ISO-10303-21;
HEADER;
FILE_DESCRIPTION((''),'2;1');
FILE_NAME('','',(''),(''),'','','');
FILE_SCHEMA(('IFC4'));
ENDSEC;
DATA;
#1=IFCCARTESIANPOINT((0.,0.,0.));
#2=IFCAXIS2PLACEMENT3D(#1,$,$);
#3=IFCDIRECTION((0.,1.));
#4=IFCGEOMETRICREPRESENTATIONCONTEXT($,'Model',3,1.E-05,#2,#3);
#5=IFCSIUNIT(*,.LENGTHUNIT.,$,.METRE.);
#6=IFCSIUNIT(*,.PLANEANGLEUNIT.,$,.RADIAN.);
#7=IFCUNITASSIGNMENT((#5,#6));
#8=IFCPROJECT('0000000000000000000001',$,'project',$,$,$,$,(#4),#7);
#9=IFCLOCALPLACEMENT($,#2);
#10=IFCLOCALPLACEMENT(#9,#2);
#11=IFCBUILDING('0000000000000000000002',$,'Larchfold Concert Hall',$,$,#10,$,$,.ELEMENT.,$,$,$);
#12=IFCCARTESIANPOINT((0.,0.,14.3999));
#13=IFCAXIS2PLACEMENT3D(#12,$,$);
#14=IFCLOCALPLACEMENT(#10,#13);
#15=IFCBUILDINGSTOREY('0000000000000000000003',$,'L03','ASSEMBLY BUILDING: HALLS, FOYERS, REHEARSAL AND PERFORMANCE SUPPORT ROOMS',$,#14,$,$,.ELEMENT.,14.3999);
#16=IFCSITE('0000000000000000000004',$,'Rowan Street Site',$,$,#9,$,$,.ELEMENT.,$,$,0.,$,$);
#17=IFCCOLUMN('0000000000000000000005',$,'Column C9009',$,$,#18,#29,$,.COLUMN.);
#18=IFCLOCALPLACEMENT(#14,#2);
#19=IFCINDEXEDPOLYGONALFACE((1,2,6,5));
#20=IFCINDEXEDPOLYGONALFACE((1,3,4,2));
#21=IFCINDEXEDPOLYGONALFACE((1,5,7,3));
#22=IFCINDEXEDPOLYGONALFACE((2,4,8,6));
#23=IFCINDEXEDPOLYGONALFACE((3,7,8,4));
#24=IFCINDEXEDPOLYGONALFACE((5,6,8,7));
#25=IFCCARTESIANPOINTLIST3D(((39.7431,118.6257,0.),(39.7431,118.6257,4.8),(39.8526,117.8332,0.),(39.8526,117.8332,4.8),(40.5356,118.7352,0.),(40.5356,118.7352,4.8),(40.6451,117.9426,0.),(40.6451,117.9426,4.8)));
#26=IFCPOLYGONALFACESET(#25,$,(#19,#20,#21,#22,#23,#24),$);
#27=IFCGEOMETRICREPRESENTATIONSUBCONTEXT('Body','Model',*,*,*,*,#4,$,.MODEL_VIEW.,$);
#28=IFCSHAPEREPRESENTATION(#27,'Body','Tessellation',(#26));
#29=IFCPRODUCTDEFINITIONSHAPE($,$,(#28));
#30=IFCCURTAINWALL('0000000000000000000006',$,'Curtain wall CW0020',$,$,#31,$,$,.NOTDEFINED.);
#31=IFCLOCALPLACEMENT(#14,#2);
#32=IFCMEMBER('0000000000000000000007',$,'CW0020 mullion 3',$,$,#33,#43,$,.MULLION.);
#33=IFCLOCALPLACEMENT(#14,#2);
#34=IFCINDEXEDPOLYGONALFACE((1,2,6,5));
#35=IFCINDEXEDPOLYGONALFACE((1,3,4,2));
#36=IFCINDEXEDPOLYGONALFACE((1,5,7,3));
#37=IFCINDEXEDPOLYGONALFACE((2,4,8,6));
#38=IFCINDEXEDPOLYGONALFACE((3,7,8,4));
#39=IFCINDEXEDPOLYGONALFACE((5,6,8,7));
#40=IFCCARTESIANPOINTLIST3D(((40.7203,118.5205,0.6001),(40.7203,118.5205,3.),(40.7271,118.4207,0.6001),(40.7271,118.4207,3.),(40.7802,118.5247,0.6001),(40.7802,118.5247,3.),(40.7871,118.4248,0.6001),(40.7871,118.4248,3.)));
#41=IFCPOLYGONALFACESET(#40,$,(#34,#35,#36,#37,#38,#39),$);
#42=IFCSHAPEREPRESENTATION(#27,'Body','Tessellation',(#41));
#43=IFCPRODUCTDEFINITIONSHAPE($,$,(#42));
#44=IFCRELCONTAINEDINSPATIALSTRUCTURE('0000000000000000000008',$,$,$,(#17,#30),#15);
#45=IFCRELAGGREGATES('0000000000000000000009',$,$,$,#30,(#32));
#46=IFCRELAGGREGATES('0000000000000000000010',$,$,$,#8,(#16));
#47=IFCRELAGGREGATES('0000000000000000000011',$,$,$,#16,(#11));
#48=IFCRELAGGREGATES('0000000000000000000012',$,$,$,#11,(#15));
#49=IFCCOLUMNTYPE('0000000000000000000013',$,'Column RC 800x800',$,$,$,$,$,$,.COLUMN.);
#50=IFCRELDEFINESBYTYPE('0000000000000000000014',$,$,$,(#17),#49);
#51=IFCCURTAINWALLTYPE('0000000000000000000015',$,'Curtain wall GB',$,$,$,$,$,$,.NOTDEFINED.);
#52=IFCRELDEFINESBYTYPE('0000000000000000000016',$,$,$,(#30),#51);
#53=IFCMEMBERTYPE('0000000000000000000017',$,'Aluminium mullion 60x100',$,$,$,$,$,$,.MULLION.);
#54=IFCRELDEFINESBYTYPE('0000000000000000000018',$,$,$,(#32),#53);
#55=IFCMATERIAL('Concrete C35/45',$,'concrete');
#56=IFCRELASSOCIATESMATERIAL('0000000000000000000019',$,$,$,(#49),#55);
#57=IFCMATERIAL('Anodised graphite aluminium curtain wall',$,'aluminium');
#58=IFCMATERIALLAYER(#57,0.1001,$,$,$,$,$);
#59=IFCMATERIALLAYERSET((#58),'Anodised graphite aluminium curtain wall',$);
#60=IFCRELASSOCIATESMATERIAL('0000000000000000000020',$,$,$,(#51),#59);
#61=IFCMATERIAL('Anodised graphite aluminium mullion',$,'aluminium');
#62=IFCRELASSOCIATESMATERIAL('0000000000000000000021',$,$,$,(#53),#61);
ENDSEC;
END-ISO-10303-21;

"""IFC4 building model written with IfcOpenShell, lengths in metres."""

from ifc_helpers import new_model, si_unit, direction, frame, origin, origin_2d, place, context, subcontext, project, spatial, rectangle, extrude, material, layer, layer_set, material_profile, profile_set, type_object, element, aggregate, save


model = new_model("IFC4")

# Units and contexts
model_context = context("Model", 3, precision=1e-05, world=origin(), true_north=direction((0.0, 1.0)))
body_context = subcontext(model_context, "Body", "Model", "MODEL_VIEW")
ifc_project = project(units=[si_unit("LENGTHUNIT", "METRE"), si_unit("PLANEANGLEUNIT", "RADIAN")], contexts=[model_context])

# Site, building, storey
site_placement = place(None, origin())
site = spatial("IfcSite", under=ifc_project, at=site_placement, Name="Rowan Street Site", CompositionType="ELEMENT", RefElevation=0.0)
building_placement = place(site_placement, origin())
building = spatial("IfcBuilding", under=site, at=building_placement, Name="Larchfold Concert Hall", CompositionType="ELEMENT")
storey_placement = place(building_placement, frame((0.0, 0.0, 14.3999)))
storey = spatial("IfcBuildingStorey", under=building, at=storey_placement, Name="L03", Description="ASSEMBLY BUILDING: HALLS, FOYERS, REHEARSAL AND PERFORMANCE SUPPORT ROOMS", CompositionType="ELEMENT", Elevation=14.3999)

# Column
ifc_material_1 = material(Name="Concrete C35/45", Category="concrete")
ifc_material_profile_1 = material_profile(ifc_material_1, rectangle(XDim=0.8, YDim=0.8, at=origin_2d()))
ifc_profile_set_1 = profile_set([ifc_material_profile_1], Name="Concrete C35/45")
column_type = type_object("IfcColumnType", Name="Column RC 800x800", PredefinedType="COLUMN", material=ifc_profile_set_1)
column_placement = place(storey_placement, frame((40.1941, 118.2842, 0.0), z_axis=(0.0, 0.0, 1.0), x_axis=(0.990596, 0.13682, 0.0)))
element("IfcColumn", 1, at=column_placement, inside=storey, type_object=column_type, Name="Column C9009", PredefinedType="COLUMN", context=body_context, shape_type="SweptSolid", body=[
    extrude(rectangle(XDim=0.8, YDim=0.8, at=origin_2d()), origin(), (0.0, 0.0, 1.0), 4.8),
])

# Curtain wall, member
ifc_material_2 = material(Name="Anodised graphite aluminium curtain wall", Category="aluminium")
ifc_layer_1 = layer(ifc_material_2, 0.1001)
ifc_layer_set_1 = layer_set([ifc_layer_1], Name="Anodised graphite aluminium curtain wall")
curtain_wall_type = type_object("IfcCurtainWallType", Name="Curtain wall GB", PredefinedType="NOTDEFINED", material=ifc_layer_set_1)
curtain_wall_1_placement = place(storey_placement, origin())
curtain_wall_1 = element("IfcCurtainWall", 2, at=curtain_wall_1_placement, inside=storey, type_object=curtain_wall_type, Name="Curtain wall CW0020", PredefinedType="NOTDEFINED")
ifc_material_3 = material(Name="Anodised graphite aluminium mullion", Category="aluminium")
ifc_material_profile_2 = material_profile(ifc_material_3, rectangle(XDim=0.1001, YDim=0.0601, at=origin_2d()))
ifc_profile_set_2 = profile_set([ifc_material_profile_2], Name="Anodised graphite aluminium mullion")
member_type_1 = type_object("IfcMemberType", Name="Aluminium mullion 60x100", PredefinedType="MULLION", material=ifc_profile_set_2)
member_1_placement = place(storey_placement, frame((40.7537, 118.4727, 0.6001), z_axis=(0.0, 0.0, 1.0), x_axis=(0.068793, -0.997631, 0.0)))
member_1 = element("IfcMember", 3, at=member_1_placement, type_object=member_type_1, Name="CW0020 mullion 3", PredefinedType="MULLION", context=body_context, shape_type="SweptSolid", body=[
    extrude(rectangle(XDim=0.1001, YDim=0.0601, at=origin_2d()), origin(), (0.0, 0.0, 1.0), 2.3999),
])

aggregate(curtain_wall_1, [member_1])

save(model, "model.ifc")
